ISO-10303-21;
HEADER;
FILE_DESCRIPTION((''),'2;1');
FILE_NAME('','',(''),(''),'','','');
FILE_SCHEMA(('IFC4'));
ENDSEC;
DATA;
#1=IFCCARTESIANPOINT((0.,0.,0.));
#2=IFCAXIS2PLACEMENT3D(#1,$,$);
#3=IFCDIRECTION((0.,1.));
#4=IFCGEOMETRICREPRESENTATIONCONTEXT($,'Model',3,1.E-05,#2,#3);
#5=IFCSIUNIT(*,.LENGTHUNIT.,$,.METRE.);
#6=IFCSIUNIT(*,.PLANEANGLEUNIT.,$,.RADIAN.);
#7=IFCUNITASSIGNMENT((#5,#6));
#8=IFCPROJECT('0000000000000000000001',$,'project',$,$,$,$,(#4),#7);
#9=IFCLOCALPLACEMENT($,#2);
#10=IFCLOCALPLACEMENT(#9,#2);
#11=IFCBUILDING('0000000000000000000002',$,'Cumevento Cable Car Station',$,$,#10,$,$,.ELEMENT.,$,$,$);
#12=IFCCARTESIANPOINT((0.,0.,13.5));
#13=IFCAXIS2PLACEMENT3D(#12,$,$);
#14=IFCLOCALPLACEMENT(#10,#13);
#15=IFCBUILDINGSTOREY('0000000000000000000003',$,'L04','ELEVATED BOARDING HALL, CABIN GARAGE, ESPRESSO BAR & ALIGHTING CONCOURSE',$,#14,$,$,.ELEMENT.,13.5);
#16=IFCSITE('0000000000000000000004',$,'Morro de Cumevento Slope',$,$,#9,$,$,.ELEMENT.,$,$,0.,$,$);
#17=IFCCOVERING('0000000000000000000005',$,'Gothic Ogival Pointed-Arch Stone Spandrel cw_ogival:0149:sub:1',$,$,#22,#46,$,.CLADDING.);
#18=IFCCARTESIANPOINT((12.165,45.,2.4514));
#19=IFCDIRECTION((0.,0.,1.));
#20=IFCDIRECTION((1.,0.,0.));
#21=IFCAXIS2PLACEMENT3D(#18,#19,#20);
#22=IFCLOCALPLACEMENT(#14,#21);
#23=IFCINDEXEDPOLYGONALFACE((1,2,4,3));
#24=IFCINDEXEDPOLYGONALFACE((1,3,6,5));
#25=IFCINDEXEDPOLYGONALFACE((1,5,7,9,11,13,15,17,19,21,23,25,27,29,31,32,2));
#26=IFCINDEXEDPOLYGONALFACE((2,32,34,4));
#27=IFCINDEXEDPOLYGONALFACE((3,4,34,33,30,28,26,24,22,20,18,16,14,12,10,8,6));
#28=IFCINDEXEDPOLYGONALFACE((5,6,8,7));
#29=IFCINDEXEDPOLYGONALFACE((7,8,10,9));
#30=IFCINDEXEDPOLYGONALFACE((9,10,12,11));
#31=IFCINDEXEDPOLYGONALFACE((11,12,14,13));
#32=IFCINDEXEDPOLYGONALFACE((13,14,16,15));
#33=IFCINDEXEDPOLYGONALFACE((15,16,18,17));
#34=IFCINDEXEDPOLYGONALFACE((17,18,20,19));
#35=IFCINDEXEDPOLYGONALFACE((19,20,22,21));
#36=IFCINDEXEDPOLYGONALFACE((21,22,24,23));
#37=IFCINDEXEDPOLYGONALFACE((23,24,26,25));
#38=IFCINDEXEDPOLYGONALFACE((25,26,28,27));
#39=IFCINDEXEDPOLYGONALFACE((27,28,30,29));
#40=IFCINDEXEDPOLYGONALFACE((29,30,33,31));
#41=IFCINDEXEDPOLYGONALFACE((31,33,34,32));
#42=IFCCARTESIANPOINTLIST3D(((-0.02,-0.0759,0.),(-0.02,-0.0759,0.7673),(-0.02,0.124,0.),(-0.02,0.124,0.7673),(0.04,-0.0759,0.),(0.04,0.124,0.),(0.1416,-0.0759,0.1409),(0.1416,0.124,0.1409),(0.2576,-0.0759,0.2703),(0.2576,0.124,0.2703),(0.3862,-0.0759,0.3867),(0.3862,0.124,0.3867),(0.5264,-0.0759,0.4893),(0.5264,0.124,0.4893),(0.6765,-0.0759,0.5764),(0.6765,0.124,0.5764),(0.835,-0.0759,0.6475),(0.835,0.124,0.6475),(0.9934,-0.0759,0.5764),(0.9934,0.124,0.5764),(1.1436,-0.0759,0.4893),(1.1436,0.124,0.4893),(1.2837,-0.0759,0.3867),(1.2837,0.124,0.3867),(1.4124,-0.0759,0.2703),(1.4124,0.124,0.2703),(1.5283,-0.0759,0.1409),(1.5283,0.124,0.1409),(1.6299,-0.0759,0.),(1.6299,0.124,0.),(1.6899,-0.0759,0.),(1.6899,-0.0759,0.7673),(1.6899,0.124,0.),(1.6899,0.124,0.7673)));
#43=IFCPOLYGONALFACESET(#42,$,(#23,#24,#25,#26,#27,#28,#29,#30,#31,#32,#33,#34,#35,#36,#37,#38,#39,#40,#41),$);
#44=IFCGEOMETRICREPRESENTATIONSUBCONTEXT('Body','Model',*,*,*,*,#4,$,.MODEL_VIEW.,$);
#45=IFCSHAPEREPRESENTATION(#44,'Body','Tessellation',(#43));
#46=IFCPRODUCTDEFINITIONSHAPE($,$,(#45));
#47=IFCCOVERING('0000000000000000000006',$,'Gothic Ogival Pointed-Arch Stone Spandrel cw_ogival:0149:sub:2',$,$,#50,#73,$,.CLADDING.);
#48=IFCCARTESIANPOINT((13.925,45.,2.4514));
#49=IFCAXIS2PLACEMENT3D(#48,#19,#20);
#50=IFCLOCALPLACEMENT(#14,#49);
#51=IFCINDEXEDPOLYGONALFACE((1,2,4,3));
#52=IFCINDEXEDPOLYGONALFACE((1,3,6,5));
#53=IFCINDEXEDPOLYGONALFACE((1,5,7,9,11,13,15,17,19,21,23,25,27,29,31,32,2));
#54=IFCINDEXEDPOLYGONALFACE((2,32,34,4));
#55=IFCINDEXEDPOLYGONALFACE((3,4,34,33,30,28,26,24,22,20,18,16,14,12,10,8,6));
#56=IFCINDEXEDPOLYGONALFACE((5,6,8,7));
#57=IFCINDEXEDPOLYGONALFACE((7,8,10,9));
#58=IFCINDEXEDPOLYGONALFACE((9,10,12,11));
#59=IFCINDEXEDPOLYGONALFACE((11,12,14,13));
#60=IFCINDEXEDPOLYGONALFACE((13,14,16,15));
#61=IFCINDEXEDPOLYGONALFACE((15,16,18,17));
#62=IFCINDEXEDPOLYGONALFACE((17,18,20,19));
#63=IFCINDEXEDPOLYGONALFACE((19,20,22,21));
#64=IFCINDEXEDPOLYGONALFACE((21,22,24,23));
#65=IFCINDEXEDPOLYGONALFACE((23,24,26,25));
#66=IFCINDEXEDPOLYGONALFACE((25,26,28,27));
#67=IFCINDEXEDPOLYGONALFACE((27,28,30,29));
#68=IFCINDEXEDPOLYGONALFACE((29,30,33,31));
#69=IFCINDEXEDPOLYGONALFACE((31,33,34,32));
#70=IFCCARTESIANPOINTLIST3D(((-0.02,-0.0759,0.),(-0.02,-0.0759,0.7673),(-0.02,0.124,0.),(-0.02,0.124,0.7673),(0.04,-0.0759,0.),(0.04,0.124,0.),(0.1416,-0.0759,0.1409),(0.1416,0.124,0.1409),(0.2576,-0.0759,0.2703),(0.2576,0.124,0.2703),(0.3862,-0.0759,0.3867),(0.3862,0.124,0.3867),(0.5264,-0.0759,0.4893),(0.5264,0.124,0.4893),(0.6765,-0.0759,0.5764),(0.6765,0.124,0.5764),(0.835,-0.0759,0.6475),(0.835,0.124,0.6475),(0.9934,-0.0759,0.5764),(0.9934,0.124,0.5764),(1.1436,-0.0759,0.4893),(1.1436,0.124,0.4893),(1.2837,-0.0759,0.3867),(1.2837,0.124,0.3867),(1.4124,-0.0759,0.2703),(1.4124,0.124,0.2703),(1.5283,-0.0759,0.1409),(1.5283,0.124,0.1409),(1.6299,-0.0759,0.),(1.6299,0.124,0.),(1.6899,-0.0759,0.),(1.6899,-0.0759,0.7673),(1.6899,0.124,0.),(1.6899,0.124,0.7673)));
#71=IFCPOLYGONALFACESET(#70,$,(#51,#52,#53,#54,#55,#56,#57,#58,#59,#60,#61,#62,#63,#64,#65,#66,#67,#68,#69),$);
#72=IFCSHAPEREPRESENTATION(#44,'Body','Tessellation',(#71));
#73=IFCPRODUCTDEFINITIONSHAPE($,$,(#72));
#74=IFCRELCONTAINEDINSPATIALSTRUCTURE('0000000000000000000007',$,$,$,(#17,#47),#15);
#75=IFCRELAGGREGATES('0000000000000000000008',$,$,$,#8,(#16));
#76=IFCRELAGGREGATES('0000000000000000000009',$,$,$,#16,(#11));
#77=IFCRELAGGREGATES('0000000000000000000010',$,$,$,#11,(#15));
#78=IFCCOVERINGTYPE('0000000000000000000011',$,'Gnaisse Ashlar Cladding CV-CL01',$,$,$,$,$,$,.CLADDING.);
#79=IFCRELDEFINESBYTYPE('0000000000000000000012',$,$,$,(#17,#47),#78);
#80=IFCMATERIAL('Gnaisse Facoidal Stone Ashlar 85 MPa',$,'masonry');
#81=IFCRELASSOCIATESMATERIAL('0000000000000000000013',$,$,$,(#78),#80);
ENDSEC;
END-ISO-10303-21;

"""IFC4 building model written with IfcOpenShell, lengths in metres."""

from ifc_helpers import new_model, si_unit, direction, frame, origin, place, context, subcontext, project, spatial, polyline, outline, extrude, material, type_object, element, save


model = new_model("IFC4")

# Units and contexts
model_context = context("Model", 3, precision=1e-05, world=origin(), true_north=direction((0.0, 1.0)))
body_context = subcontext(model_context, "Body", "Model", "MODEL_VIEW")
ifc_project = project(units=[si_unit("LENGTHUNIT", "METRE"), si_unit("PLANEANGLEUNIT", "RADIAN")], contexts=[model_context])

# Site, building, storey
site_placement = place(None, origin())
site = spatial("IfcSite", under=ifc_project, at=site_placement, Name="Morro de Cumevento Slope", CompositionType="ELEMENT", RefElevation=0.0)
building_placement = place(site_placement, origin())
building = spatial("IfcBuilding", under=site, at=building_placement, Name="Cumevento Cable Car Station", CompositionType="ELEMENT")
storey_placement = place(building_placement, frame((0.0, 0.0, 13.5)))
storey = spatial("IfcBuildingStorey", under=building, at=storey_placement, Name="L04", Description="ELEVATED BOARDING HALL, CABIN GARAGE, ESPRESSO BAR & ALIGHTING CONCOURSE", CompositionType="ELEMENT", Elevation=13.5)

# Coverings
ifc_material_1 = material(Name="Gnaisse Facoidal Stone Ashlar 85 MPa", Category="masonry")
covering_type = type_object("IfcCoveringType", Name="Gnaisse Ashlar Cladding CV-CL01", PredefinedType="CLADDING", material=ifc_material_1)
for number, where, z_axis, x_axis, name in (
    (1, (12.165, 45.0, 2.4514), (0.0, 0.0, 1.0), (1.0, 0.0, 0.0), "Gothic Ogival Pointed-Arch Stone Spandrel cw_ogival:0149:sub:1"),
    (2, (13.925, 45.0, 2.4514), (0.0, 0.0, 1.0), (1.0, 0.0, 0.0), "Gothic Ogival Pointed-Arch Stone Spandrel cw_ogival:0149:sub:2"),
):
    element("IfcCovering", number, at=place(storey_placement, frame(where, z_axis=z_axis, x_axis=x_axis)), inside=storey, type_object=covering_type, Name=name, PredefinedType="CLADDING", context=body_context, shape_type="SweptSolid", body=[
        extrude(outline(polyline([(-0.02, 0.0), (-0.02, 0.7673), (1.6899, 0.7673), (1.6899, 0.0), (1.6299, 0.0), (1.5283, 0.1409), (1.4124, 0.2703), (1.2837, 0.3867), (1.1436, 0.4893), (0.9934, 0.5764), (0.835, 0.6475), (0.6765, 0.5764), (0.5264, 0.4893), (0.3862, 0.3867), (0.2576, 0.2703), (0.1416, 0.1409), (0.04, 0.0), (-0.02, 0.0)])), frame((0.0, 0.124, 0.0), z_axis=(0.0, -1.0, 0.0), x_axis=(1.0, 0.0, 0.0)), (0.0, 0.0, 1.0), 0.2),
    ])

save(model, "model.ifc")
